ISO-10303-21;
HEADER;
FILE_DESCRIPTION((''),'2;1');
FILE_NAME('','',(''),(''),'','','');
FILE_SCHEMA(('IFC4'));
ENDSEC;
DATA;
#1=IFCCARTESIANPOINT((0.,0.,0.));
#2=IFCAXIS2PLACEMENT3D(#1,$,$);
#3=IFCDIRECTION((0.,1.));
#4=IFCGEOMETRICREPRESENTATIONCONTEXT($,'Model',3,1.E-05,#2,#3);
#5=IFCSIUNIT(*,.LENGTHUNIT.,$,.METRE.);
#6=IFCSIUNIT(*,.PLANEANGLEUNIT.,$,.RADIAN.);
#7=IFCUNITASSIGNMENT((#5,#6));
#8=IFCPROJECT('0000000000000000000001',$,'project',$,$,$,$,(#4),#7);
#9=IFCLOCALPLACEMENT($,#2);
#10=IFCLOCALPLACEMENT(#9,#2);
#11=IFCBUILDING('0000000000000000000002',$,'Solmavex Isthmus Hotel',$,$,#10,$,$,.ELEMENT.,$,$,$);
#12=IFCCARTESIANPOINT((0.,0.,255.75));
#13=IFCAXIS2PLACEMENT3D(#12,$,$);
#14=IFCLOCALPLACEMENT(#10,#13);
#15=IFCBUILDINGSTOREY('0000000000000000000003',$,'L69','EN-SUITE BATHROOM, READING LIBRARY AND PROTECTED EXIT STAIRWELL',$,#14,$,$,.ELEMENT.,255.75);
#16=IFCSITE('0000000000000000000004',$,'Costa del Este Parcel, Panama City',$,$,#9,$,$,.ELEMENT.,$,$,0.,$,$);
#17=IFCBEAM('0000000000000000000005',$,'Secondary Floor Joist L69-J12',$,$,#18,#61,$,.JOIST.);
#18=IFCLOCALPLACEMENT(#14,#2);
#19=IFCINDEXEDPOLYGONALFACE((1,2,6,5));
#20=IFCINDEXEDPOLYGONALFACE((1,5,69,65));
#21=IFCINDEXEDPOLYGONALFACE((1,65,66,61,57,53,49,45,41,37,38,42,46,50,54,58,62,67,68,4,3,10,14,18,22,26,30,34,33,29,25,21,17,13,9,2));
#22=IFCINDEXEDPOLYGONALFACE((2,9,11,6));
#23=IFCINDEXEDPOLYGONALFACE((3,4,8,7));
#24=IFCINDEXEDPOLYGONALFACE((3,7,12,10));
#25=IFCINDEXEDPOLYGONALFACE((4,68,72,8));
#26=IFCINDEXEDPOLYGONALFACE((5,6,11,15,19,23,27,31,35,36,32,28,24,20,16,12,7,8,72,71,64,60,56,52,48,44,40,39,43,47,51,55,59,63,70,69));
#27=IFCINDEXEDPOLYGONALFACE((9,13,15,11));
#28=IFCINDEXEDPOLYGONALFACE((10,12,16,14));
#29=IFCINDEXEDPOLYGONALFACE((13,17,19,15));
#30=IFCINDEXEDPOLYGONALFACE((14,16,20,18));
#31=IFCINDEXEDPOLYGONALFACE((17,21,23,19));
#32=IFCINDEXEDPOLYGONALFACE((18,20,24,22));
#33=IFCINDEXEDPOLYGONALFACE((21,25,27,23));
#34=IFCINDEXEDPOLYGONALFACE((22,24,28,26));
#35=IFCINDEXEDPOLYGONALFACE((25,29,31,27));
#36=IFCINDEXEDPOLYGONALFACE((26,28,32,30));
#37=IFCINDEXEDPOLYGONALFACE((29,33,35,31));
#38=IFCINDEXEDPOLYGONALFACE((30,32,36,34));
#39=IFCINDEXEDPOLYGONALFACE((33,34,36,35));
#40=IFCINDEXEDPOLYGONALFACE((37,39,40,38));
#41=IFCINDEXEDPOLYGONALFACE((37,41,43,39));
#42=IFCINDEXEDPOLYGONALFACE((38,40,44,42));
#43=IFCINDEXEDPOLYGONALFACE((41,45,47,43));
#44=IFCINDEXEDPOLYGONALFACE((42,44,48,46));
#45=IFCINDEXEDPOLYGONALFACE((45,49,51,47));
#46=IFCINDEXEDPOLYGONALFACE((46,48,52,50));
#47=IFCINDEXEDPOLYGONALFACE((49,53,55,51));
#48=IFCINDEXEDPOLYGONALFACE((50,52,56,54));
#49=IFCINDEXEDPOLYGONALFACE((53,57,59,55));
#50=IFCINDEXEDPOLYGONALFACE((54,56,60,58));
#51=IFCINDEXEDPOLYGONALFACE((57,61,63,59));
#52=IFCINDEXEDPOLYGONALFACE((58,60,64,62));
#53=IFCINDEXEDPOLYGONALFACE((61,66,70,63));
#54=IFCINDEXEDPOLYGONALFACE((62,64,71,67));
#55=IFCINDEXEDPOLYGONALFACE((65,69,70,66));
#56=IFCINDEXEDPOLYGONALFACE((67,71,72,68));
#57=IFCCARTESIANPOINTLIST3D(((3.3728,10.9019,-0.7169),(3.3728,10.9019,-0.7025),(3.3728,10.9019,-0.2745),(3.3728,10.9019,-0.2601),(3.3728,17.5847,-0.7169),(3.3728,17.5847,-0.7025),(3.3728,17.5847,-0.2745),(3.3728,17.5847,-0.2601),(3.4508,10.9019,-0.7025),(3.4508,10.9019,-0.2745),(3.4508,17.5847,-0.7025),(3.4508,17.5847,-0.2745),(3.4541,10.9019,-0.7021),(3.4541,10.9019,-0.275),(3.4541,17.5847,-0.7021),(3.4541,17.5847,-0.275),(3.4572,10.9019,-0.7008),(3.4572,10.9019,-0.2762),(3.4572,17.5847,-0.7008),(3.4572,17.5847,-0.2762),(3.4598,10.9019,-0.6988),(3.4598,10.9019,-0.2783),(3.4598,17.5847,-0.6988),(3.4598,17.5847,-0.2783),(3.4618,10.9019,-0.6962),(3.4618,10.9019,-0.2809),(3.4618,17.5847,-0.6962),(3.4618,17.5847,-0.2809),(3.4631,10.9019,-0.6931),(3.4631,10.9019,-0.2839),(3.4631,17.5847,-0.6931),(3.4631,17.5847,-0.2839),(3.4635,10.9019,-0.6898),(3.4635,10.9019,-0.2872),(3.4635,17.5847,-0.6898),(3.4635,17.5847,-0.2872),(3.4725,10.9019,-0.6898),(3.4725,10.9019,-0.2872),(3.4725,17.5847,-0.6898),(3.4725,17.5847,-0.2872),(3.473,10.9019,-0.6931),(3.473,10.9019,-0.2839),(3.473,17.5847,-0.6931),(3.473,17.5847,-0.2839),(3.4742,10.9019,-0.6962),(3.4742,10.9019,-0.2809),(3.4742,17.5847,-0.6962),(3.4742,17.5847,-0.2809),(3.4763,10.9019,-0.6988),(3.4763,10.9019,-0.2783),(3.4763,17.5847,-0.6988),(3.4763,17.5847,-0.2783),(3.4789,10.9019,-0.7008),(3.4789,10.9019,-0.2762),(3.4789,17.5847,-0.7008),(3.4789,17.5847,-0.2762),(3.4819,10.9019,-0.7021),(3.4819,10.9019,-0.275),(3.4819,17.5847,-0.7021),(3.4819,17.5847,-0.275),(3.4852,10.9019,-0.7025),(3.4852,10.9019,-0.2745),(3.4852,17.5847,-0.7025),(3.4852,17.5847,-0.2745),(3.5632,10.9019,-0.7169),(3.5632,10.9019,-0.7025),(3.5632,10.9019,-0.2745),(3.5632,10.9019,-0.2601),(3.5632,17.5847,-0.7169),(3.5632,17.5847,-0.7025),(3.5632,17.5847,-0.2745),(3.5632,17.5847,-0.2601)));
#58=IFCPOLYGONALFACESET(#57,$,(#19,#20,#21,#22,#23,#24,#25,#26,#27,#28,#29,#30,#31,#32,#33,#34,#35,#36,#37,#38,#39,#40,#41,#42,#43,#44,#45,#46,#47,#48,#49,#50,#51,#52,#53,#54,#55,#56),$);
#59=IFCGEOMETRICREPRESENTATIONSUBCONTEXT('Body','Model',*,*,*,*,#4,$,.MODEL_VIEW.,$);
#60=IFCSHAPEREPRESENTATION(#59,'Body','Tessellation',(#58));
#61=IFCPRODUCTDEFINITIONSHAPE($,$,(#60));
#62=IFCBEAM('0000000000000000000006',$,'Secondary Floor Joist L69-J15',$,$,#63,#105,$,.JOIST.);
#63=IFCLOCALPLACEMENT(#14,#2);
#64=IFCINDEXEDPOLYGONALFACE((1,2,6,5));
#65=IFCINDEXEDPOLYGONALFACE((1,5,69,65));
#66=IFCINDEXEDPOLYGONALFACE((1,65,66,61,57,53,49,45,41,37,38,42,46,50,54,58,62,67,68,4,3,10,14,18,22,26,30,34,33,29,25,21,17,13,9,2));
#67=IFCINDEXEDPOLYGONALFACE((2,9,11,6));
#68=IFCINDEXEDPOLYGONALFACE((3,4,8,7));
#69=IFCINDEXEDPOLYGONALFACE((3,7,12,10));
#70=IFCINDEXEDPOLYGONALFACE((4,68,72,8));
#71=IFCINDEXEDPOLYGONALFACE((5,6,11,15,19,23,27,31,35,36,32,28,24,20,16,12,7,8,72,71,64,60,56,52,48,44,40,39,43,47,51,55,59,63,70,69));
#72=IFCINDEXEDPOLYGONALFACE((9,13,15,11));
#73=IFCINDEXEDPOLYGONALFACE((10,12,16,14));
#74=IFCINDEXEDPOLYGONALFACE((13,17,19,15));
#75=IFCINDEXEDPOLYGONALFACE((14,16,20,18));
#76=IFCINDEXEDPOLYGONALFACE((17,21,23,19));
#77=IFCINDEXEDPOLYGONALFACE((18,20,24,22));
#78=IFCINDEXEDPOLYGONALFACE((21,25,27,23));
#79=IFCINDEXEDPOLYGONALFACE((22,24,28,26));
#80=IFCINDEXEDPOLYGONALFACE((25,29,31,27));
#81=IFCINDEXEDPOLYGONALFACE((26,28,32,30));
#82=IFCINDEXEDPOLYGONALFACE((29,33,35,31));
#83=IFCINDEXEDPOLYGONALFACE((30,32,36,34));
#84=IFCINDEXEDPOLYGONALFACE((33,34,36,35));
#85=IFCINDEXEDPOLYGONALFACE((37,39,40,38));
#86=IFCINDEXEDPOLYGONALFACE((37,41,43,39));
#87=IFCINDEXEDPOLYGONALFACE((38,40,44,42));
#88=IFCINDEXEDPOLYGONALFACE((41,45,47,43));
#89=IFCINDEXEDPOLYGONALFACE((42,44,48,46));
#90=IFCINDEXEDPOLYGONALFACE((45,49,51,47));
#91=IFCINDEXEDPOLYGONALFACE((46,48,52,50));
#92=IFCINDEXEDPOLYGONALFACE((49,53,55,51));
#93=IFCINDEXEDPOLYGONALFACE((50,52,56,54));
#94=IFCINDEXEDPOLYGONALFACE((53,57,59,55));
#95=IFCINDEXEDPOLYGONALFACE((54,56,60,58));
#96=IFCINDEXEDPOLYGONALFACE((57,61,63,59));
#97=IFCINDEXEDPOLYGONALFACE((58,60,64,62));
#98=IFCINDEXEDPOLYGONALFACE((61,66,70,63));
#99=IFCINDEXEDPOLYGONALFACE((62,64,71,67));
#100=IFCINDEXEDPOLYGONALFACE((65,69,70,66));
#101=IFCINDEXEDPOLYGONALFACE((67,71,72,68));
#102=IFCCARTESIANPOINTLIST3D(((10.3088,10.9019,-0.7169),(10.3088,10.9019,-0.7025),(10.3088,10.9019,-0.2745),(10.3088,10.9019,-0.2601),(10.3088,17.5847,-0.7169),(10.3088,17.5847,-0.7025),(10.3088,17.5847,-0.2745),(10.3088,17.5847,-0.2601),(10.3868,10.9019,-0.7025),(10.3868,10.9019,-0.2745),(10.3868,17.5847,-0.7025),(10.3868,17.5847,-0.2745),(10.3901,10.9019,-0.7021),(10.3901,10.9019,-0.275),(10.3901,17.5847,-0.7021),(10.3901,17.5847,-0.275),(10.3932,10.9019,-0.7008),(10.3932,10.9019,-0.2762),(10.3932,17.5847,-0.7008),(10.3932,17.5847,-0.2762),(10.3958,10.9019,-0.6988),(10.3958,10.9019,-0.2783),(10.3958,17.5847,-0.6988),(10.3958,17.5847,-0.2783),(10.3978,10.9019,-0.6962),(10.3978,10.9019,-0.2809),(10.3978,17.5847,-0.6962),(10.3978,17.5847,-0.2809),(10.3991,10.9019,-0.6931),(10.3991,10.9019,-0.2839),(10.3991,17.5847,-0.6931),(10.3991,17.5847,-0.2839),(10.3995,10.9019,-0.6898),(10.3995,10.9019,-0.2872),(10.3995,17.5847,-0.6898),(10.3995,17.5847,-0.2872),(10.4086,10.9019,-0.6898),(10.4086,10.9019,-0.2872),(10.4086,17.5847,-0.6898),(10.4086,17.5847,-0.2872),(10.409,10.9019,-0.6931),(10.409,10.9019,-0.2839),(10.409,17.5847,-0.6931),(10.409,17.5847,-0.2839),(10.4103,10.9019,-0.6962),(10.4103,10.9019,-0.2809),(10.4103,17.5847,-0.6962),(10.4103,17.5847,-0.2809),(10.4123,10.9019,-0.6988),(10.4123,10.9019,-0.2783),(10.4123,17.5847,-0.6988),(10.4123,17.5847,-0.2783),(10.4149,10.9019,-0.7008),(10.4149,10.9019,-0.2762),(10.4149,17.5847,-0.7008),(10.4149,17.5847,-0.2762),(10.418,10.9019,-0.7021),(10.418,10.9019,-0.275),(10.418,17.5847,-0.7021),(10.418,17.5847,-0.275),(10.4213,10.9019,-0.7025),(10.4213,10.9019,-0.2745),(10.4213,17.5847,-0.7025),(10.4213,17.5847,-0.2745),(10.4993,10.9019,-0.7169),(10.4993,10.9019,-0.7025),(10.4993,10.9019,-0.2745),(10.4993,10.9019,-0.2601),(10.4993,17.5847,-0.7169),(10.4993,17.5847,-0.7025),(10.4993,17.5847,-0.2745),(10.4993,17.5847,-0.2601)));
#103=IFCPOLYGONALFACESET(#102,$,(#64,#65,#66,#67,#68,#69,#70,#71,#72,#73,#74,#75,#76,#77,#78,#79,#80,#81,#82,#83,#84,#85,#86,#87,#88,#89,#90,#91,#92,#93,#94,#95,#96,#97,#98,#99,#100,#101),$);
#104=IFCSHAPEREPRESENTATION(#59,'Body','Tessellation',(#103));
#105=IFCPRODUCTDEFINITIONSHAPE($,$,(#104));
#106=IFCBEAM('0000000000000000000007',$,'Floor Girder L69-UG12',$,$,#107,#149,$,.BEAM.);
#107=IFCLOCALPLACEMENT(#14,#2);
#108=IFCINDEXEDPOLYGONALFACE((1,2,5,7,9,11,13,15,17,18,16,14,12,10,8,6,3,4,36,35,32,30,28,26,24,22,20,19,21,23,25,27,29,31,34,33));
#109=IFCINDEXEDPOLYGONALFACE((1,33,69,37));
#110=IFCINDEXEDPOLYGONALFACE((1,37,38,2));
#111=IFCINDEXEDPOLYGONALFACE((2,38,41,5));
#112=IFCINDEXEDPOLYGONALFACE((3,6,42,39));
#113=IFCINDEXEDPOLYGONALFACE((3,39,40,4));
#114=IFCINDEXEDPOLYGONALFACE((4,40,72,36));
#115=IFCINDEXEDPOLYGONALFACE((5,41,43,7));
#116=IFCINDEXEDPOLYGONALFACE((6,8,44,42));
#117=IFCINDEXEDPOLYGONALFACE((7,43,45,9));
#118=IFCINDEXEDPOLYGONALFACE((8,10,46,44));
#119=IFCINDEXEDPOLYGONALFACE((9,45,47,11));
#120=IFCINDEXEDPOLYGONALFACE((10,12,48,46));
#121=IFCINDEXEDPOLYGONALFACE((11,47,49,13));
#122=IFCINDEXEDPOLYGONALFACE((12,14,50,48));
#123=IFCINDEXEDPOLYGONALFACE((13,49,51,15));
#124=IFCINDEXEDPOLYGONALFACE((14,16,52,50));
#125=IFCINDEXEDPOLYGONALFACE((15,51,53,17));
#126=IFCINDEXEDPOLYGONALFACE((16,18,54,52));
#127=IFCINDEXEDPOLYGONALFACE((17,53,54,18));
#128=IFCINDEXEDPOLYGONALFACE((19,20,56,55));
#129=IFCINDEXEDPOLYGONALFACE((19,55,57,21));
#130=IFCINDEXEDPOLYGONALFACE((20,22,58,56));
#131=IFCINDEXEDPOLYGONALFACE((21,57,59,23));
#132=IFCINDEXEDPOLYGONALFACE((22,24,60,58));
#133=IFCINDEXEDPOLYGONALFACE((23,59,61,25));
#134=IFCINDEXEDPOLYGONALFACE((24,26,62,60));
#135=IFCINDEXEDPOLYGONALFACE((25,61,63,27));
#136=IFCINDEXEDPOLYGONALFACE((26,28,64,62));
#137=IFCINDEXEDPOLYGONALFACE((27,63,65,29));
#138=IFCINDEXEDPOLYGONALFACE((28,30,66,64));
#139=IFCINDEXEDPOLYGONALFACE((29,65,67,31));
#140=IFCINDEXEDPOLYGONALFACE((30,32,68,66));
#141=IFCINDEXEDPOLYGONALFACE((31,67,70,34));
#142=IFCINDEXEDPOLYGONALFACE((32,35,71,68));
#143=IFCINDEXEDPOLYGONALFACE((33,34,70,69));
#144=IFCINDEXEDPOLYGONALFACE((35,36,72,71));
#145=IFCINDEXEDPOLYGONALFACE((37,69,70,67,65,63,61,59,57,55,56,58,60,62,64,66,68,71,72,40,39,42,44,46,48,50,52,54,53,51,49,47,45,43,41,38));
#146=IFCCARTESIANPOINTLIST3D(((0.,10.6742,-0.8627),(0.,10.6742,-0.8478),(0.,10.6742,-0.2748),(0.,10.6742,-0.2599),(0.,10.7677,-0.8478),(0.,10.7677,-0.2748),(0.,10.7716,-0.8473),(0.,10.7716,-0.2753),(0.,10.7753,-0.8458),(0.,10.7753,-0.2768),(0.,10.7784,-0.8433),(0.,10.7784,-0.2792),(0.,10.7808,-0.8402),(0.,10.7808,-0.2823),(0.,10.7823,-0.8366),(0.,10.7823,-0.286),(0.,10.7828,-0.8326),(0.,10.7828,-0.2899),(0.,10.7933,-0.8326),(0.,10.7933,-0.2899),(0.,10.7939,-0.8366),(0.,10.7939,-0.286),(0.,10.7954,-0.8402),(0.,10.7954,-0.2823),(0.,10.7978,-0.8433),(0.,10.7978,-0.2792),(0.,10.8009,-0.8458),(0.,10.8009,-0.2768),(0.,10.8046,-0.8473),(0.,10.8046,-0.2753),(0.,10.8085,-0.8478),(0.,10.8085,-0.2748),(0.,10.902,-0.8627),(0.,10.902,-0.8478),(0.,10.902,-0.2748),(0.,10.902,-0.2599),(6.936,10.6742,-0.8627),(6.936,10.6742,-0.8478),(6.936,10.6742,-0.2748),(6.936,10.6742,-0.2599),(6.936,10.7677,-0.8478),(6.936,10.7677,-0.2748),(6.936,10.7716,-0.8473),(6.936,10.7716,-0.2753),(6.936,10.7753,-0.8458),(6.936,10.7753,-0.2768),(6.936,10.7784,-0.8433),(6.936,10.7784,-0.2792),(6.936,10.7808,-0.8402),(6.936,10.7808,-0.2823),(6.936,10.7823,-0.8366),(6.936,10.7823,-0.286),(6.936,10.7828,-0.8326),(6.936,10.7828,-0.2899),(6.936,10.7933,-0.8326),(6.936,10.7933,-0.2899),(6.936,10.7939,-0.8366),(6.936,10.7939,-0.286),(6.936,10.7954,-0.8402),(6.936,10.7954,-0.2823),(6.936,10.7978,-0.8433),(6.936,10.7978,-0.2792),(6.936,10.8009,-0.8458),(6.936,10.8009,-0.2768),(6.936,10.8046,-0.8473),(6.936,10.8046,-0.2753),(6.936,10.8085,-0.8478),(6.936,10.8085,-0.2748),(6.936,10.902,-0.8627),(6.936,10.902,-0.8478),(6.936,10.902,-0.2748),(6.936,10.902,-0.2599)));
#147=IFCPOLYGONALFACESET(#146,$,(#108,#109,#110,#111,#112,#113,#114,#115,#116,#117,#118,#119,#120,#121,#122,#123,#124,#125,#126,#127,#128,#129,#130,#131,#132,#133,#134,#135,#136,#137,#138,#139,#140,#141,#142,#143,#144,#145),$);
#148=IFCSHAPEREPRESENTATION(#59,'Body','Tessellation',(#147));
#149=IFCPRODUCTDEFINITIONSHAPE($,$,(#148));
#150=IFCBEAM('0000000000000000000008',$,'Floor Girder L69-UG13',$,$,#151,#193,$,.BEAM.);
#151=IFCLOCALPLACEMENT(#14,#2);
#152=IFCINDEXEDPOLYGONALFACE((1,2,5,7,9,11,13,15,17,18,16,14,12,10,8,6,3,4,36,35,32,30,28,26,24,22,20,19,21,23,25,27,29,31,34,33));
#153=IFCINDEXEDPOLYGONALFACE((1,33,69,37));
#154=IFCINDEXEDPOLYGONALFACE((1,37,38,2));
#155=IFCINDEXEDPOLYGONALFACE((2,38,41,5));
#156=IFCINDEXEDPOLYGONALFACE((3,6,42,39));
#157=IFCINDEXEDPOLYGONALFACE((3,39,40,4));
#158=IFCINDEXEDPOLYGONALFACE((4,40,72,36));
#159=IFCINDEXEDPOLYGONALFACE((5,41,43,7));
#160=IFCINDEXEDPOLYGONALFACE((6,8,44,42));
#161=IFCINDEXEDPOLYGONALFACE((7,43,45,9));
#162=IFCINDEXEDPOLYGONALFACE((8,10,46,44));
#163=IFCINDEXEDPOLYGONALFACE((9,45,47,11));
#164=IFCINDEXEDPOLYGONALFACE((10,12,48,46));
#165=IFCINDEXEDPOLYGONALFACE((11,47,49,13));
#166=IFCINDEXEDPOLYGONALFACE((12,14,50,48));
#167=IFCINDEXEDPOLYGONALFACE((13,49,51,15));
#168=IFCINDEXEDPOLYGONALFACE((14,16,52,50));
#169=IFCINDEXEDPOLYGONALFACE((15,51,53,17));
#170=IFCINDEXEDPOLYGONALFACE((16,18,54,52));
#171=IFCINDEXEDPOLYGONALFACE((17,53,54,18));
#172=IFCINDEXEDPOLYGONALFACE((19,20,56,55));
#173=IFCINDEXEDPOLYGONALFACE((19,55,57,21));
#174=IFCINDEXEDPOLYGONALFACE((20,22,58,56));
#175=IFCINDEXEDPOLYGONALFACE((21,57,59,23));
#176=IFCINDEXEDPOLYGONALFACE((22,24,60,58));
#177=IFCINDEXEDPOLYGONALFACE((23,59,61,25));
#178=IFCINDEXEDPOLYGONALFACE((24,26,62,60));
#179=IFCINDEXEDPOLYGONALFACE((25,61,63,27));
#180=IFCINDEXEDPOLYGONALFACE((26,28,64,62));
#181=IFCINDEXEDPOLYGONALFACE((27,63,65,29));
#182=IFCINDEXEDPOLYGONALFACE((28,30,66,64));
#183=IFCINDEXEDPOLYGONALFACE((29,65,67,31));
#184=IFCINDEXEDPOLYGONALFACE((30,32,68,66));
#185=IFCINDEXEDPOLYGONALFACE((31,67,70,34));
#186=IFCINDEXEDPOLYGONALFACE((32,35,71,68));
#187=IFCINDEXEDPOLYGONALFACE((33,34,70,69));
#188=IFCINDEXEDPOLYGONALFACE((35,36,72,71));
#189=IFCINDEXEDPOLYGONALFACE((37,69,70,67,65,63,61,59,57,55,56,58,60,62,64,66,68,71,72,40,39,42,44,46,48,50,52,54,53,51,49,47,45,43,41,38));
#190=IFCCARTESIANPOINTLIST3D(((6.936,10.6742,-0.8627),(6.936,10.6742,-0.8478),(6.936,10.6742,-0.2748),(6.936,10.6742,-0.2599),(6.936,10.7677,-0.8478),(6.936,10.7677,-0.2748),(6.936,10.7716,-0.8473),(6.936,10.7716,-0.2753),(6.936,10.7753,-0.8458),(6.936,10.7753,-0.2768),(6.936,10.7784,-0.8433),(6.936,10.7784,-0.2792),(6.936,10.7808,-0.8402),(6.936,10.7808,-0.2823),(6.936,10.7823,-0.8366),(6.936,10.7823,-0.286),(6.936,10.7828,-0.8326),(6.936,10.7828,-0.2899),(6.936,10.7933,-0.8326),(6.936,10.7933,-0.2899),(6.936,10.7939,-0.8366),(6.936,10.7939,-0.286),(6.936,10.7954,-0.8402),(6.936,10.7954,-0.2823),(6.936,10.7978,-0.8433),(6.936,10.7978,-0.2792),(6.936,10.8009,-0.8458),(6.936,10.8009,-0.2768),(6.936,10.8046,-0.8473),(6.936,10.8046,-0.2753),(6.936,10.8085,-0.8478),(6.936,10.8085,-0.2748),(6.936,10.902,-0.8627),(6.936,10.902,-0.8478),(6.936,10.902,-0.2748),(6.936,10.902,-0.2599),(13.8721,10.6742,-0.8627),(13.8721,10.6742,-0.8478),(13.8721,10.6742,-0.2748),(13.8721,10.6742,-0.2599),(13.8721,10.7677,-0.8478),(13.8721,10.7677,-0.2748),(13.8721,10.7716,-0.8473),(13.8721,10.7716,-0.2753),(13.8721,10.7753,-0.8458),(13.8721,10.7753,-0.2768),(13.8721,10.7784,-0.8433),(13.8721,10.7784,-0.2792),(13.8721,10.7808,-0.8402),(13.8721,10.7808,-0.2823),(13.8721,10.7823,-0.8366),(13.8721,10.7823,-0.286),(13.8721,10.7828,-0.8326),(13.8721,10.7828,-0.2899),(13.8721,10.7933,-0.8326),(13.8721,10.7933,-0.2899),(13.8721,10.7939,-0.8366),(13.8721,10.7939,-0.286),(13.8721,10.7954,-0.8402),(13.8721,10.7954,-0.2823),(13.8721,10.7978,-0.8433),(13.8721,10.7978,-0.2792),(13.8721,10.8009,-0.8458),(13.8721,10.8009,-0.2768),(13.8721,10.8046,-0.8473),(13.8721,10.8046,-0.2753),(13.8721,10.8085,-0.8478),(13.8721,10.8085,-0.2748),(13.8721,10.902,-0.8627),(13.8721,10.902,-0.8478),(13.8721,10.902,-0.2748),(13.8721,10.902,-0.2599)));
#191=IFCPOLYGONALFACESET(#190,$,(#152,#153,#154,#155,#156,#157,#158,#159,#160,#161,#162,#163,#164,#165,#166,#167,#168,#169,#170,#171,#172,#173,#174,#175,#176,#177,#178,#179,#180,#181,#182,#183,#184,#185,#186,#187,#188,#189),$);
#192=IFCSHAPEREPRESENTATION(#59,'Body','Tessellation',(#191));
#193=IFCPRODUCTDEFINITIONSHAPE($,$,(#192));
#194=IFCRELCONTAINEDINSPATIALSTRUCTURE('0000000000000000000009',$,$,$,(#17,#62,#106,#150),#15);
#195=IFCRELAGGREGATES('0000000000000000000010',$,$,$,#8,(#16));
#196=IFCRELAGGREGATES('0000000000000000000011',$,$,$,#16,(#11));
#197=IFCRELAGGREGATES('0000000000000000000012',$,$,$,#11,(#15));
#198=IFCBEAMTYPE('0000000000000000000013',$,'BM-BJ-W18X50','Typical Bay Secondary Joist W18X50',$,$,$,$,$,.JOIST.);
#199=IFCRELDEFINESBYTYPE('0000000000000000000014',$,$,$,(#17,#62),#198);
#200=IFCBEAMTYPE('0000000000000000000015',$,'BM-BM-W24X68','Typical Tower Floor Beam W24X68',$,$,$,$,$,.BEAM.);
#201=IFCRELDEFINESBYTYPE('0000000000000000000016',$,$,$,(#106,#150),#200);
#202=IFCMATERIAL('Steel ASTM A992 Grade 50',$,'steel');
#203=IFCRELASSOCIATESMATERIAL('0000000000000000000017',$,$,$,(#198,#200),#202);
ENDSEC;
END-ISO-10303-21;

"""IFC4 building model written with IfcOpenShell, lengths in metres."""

from ifc_helpers import new_model, si_unit, direction, frame, origin, origin_2d, place, context, subcontext, project, spatial, i_section, extrude, material, material_profile, profile_set, type_object, element, save


model = new_model("IFC4")

# Units and contexts
model_context = context("Model", 3, precision=1e-05, world=origin(), true_north=direction((0.0, 1.0)))
body_context = subcontext(model_context, "Body", "Model", "MODEL_VIEW")
ifc_project = project(units=[si_unit("LENGTHUNIT", "METRE"), si_unit("PLANEANGLEUNIT", "RADIAN")], contexts=[model_context])

# Site, building, storey
site_placement = place(None, origin())
site = spatial("IfcSite", under=ifc_project, at=site_placement, Name="Costa del Este Parcel, Panama City", CompositionType="ELEMENT", RefElevation=0.0)
building_placement = place(site_placement, origin())
building = spatial("IfcBuilding", under=site, at=building_placement, Name="Solmavex Isthmus Hotel", CompositionType="ELEMENT")
storey_placement = place(building_placement, frame((0.0, 0.0, 255.75)))
storey = spatial("IfcBuildingStorey", under=building, at=storey_placement, Name="L69", Description="EN-SUITE BATHROOM, READING LIBRARY AND PROTECTED EXIT STAIRWELL", CompositionType="ELEMENT", Elevation=255.75)

# Beams
ifc_material_1 = material(Name="Steel ASTM A992 Grade 50", Category="steel")
ifc_material_profile_1 = material_profile(ifc_material_1, i_section(OverallWidth=0.1904, OverallDepth=0.4568, WebThickness=0.009, FlangeThickness=0.0144, FilletRadius=0.0127, at=origin_2d()), Name="W18X50")
ifc_profile_set_1 = profile_set([ifc_material_profile_1], Name="Steel ASTM A992 Grade 50")
beam_type_1 = type_object("IfcBeamType", Name="BM-BJ-W18X50", Description="Typical Bay Secondary Joist W18X50", PredefinedType="JOIST", material=ifc_profile_set_1)
for number, where, z_axis, x_axis, name in (
    (1, (3.468, 10.9019, -0.4885), (0.0, 1.0, 0.0), (-1.0, 0.0, 0.0), "Secondary Floor Joist L69-J12"),
    (2, (10.4041, 10.9019, -0.4885), (0.0, 1.0, 0.0), (-1.0, 0.0, 0.0), "Secondary Floor Joist L69-J15"),
):
    element("IfcBeam", number, at=place(storey_placement, frame(where, z_axis=z_axis, x_axis=x_axis)), inside=storey, type_object=beam_type_1, Name=name, PredefinedType="JOIST", context=body_context, shape_type="SweptSolid", body=[
        extrude(i_section(OverallWidth=0.1904, OverallDepth=0.4568, WebThickness=0.009, FlangeThickness=0.0144, FilletRadius=0.0127, at=origin_2d()), origin(), (0.0, 0.0, 1.0), 6.6829),
    ])
ifc_material_profile_2 = material_profile(ifc_material_1, i_section(OverallWidth=0.2278, OverallDepth=0.6028, WebThickness=0.0105, FlangeThickness=0.0149, FilletRadius=0.0151, at=origin_2d()), Name="W24X68")
ifc_profile_set_2 = profile_set([ifc_material_profile_2], Name="Steel ASTM A992 Grade 50")
beam_type_2 = type_object("IfcBeamType", Name="BM-BM-W24X68", Description="Typical Tower Floor Beam W24X68", PredefinedType="BEAM", material=ifc_profile_set_2)
for number, where, z_axis, x_axis, name in (
    (3, (0.0, 10.7881, -0.5613), (1.0, 0.0, 0.0), (0.0, 1.0, 0.0), "Floor Girder L69-UG12"),
    (4, (6.936, 10.7881, -0.5613), (1.0, 0.0, 0.0), (0.0, 1.0, 0.0), "Floor Girder L69-UG13"),
):
    element("IfcBeam", number, at=place(storey_placement, frame(where, z_axis=z_axis, x_axis=x_axis)), inside=storey, type_object=beam_type_2, Name=name, PredefinedType="BEAM", context=body_context, shape_type="SweptSolid", body=[
        extrude(i_section(OverallWidth=0.2278, OverallDepth=0.6028, WebThickness=0.0105, FlangeThickness=0.0149, FilletRadius=0.0151, at=origin_2d()), origin(), (0.0, 0.0, 1.0), 6.936),
    ])

save(model, "model.ifc")
